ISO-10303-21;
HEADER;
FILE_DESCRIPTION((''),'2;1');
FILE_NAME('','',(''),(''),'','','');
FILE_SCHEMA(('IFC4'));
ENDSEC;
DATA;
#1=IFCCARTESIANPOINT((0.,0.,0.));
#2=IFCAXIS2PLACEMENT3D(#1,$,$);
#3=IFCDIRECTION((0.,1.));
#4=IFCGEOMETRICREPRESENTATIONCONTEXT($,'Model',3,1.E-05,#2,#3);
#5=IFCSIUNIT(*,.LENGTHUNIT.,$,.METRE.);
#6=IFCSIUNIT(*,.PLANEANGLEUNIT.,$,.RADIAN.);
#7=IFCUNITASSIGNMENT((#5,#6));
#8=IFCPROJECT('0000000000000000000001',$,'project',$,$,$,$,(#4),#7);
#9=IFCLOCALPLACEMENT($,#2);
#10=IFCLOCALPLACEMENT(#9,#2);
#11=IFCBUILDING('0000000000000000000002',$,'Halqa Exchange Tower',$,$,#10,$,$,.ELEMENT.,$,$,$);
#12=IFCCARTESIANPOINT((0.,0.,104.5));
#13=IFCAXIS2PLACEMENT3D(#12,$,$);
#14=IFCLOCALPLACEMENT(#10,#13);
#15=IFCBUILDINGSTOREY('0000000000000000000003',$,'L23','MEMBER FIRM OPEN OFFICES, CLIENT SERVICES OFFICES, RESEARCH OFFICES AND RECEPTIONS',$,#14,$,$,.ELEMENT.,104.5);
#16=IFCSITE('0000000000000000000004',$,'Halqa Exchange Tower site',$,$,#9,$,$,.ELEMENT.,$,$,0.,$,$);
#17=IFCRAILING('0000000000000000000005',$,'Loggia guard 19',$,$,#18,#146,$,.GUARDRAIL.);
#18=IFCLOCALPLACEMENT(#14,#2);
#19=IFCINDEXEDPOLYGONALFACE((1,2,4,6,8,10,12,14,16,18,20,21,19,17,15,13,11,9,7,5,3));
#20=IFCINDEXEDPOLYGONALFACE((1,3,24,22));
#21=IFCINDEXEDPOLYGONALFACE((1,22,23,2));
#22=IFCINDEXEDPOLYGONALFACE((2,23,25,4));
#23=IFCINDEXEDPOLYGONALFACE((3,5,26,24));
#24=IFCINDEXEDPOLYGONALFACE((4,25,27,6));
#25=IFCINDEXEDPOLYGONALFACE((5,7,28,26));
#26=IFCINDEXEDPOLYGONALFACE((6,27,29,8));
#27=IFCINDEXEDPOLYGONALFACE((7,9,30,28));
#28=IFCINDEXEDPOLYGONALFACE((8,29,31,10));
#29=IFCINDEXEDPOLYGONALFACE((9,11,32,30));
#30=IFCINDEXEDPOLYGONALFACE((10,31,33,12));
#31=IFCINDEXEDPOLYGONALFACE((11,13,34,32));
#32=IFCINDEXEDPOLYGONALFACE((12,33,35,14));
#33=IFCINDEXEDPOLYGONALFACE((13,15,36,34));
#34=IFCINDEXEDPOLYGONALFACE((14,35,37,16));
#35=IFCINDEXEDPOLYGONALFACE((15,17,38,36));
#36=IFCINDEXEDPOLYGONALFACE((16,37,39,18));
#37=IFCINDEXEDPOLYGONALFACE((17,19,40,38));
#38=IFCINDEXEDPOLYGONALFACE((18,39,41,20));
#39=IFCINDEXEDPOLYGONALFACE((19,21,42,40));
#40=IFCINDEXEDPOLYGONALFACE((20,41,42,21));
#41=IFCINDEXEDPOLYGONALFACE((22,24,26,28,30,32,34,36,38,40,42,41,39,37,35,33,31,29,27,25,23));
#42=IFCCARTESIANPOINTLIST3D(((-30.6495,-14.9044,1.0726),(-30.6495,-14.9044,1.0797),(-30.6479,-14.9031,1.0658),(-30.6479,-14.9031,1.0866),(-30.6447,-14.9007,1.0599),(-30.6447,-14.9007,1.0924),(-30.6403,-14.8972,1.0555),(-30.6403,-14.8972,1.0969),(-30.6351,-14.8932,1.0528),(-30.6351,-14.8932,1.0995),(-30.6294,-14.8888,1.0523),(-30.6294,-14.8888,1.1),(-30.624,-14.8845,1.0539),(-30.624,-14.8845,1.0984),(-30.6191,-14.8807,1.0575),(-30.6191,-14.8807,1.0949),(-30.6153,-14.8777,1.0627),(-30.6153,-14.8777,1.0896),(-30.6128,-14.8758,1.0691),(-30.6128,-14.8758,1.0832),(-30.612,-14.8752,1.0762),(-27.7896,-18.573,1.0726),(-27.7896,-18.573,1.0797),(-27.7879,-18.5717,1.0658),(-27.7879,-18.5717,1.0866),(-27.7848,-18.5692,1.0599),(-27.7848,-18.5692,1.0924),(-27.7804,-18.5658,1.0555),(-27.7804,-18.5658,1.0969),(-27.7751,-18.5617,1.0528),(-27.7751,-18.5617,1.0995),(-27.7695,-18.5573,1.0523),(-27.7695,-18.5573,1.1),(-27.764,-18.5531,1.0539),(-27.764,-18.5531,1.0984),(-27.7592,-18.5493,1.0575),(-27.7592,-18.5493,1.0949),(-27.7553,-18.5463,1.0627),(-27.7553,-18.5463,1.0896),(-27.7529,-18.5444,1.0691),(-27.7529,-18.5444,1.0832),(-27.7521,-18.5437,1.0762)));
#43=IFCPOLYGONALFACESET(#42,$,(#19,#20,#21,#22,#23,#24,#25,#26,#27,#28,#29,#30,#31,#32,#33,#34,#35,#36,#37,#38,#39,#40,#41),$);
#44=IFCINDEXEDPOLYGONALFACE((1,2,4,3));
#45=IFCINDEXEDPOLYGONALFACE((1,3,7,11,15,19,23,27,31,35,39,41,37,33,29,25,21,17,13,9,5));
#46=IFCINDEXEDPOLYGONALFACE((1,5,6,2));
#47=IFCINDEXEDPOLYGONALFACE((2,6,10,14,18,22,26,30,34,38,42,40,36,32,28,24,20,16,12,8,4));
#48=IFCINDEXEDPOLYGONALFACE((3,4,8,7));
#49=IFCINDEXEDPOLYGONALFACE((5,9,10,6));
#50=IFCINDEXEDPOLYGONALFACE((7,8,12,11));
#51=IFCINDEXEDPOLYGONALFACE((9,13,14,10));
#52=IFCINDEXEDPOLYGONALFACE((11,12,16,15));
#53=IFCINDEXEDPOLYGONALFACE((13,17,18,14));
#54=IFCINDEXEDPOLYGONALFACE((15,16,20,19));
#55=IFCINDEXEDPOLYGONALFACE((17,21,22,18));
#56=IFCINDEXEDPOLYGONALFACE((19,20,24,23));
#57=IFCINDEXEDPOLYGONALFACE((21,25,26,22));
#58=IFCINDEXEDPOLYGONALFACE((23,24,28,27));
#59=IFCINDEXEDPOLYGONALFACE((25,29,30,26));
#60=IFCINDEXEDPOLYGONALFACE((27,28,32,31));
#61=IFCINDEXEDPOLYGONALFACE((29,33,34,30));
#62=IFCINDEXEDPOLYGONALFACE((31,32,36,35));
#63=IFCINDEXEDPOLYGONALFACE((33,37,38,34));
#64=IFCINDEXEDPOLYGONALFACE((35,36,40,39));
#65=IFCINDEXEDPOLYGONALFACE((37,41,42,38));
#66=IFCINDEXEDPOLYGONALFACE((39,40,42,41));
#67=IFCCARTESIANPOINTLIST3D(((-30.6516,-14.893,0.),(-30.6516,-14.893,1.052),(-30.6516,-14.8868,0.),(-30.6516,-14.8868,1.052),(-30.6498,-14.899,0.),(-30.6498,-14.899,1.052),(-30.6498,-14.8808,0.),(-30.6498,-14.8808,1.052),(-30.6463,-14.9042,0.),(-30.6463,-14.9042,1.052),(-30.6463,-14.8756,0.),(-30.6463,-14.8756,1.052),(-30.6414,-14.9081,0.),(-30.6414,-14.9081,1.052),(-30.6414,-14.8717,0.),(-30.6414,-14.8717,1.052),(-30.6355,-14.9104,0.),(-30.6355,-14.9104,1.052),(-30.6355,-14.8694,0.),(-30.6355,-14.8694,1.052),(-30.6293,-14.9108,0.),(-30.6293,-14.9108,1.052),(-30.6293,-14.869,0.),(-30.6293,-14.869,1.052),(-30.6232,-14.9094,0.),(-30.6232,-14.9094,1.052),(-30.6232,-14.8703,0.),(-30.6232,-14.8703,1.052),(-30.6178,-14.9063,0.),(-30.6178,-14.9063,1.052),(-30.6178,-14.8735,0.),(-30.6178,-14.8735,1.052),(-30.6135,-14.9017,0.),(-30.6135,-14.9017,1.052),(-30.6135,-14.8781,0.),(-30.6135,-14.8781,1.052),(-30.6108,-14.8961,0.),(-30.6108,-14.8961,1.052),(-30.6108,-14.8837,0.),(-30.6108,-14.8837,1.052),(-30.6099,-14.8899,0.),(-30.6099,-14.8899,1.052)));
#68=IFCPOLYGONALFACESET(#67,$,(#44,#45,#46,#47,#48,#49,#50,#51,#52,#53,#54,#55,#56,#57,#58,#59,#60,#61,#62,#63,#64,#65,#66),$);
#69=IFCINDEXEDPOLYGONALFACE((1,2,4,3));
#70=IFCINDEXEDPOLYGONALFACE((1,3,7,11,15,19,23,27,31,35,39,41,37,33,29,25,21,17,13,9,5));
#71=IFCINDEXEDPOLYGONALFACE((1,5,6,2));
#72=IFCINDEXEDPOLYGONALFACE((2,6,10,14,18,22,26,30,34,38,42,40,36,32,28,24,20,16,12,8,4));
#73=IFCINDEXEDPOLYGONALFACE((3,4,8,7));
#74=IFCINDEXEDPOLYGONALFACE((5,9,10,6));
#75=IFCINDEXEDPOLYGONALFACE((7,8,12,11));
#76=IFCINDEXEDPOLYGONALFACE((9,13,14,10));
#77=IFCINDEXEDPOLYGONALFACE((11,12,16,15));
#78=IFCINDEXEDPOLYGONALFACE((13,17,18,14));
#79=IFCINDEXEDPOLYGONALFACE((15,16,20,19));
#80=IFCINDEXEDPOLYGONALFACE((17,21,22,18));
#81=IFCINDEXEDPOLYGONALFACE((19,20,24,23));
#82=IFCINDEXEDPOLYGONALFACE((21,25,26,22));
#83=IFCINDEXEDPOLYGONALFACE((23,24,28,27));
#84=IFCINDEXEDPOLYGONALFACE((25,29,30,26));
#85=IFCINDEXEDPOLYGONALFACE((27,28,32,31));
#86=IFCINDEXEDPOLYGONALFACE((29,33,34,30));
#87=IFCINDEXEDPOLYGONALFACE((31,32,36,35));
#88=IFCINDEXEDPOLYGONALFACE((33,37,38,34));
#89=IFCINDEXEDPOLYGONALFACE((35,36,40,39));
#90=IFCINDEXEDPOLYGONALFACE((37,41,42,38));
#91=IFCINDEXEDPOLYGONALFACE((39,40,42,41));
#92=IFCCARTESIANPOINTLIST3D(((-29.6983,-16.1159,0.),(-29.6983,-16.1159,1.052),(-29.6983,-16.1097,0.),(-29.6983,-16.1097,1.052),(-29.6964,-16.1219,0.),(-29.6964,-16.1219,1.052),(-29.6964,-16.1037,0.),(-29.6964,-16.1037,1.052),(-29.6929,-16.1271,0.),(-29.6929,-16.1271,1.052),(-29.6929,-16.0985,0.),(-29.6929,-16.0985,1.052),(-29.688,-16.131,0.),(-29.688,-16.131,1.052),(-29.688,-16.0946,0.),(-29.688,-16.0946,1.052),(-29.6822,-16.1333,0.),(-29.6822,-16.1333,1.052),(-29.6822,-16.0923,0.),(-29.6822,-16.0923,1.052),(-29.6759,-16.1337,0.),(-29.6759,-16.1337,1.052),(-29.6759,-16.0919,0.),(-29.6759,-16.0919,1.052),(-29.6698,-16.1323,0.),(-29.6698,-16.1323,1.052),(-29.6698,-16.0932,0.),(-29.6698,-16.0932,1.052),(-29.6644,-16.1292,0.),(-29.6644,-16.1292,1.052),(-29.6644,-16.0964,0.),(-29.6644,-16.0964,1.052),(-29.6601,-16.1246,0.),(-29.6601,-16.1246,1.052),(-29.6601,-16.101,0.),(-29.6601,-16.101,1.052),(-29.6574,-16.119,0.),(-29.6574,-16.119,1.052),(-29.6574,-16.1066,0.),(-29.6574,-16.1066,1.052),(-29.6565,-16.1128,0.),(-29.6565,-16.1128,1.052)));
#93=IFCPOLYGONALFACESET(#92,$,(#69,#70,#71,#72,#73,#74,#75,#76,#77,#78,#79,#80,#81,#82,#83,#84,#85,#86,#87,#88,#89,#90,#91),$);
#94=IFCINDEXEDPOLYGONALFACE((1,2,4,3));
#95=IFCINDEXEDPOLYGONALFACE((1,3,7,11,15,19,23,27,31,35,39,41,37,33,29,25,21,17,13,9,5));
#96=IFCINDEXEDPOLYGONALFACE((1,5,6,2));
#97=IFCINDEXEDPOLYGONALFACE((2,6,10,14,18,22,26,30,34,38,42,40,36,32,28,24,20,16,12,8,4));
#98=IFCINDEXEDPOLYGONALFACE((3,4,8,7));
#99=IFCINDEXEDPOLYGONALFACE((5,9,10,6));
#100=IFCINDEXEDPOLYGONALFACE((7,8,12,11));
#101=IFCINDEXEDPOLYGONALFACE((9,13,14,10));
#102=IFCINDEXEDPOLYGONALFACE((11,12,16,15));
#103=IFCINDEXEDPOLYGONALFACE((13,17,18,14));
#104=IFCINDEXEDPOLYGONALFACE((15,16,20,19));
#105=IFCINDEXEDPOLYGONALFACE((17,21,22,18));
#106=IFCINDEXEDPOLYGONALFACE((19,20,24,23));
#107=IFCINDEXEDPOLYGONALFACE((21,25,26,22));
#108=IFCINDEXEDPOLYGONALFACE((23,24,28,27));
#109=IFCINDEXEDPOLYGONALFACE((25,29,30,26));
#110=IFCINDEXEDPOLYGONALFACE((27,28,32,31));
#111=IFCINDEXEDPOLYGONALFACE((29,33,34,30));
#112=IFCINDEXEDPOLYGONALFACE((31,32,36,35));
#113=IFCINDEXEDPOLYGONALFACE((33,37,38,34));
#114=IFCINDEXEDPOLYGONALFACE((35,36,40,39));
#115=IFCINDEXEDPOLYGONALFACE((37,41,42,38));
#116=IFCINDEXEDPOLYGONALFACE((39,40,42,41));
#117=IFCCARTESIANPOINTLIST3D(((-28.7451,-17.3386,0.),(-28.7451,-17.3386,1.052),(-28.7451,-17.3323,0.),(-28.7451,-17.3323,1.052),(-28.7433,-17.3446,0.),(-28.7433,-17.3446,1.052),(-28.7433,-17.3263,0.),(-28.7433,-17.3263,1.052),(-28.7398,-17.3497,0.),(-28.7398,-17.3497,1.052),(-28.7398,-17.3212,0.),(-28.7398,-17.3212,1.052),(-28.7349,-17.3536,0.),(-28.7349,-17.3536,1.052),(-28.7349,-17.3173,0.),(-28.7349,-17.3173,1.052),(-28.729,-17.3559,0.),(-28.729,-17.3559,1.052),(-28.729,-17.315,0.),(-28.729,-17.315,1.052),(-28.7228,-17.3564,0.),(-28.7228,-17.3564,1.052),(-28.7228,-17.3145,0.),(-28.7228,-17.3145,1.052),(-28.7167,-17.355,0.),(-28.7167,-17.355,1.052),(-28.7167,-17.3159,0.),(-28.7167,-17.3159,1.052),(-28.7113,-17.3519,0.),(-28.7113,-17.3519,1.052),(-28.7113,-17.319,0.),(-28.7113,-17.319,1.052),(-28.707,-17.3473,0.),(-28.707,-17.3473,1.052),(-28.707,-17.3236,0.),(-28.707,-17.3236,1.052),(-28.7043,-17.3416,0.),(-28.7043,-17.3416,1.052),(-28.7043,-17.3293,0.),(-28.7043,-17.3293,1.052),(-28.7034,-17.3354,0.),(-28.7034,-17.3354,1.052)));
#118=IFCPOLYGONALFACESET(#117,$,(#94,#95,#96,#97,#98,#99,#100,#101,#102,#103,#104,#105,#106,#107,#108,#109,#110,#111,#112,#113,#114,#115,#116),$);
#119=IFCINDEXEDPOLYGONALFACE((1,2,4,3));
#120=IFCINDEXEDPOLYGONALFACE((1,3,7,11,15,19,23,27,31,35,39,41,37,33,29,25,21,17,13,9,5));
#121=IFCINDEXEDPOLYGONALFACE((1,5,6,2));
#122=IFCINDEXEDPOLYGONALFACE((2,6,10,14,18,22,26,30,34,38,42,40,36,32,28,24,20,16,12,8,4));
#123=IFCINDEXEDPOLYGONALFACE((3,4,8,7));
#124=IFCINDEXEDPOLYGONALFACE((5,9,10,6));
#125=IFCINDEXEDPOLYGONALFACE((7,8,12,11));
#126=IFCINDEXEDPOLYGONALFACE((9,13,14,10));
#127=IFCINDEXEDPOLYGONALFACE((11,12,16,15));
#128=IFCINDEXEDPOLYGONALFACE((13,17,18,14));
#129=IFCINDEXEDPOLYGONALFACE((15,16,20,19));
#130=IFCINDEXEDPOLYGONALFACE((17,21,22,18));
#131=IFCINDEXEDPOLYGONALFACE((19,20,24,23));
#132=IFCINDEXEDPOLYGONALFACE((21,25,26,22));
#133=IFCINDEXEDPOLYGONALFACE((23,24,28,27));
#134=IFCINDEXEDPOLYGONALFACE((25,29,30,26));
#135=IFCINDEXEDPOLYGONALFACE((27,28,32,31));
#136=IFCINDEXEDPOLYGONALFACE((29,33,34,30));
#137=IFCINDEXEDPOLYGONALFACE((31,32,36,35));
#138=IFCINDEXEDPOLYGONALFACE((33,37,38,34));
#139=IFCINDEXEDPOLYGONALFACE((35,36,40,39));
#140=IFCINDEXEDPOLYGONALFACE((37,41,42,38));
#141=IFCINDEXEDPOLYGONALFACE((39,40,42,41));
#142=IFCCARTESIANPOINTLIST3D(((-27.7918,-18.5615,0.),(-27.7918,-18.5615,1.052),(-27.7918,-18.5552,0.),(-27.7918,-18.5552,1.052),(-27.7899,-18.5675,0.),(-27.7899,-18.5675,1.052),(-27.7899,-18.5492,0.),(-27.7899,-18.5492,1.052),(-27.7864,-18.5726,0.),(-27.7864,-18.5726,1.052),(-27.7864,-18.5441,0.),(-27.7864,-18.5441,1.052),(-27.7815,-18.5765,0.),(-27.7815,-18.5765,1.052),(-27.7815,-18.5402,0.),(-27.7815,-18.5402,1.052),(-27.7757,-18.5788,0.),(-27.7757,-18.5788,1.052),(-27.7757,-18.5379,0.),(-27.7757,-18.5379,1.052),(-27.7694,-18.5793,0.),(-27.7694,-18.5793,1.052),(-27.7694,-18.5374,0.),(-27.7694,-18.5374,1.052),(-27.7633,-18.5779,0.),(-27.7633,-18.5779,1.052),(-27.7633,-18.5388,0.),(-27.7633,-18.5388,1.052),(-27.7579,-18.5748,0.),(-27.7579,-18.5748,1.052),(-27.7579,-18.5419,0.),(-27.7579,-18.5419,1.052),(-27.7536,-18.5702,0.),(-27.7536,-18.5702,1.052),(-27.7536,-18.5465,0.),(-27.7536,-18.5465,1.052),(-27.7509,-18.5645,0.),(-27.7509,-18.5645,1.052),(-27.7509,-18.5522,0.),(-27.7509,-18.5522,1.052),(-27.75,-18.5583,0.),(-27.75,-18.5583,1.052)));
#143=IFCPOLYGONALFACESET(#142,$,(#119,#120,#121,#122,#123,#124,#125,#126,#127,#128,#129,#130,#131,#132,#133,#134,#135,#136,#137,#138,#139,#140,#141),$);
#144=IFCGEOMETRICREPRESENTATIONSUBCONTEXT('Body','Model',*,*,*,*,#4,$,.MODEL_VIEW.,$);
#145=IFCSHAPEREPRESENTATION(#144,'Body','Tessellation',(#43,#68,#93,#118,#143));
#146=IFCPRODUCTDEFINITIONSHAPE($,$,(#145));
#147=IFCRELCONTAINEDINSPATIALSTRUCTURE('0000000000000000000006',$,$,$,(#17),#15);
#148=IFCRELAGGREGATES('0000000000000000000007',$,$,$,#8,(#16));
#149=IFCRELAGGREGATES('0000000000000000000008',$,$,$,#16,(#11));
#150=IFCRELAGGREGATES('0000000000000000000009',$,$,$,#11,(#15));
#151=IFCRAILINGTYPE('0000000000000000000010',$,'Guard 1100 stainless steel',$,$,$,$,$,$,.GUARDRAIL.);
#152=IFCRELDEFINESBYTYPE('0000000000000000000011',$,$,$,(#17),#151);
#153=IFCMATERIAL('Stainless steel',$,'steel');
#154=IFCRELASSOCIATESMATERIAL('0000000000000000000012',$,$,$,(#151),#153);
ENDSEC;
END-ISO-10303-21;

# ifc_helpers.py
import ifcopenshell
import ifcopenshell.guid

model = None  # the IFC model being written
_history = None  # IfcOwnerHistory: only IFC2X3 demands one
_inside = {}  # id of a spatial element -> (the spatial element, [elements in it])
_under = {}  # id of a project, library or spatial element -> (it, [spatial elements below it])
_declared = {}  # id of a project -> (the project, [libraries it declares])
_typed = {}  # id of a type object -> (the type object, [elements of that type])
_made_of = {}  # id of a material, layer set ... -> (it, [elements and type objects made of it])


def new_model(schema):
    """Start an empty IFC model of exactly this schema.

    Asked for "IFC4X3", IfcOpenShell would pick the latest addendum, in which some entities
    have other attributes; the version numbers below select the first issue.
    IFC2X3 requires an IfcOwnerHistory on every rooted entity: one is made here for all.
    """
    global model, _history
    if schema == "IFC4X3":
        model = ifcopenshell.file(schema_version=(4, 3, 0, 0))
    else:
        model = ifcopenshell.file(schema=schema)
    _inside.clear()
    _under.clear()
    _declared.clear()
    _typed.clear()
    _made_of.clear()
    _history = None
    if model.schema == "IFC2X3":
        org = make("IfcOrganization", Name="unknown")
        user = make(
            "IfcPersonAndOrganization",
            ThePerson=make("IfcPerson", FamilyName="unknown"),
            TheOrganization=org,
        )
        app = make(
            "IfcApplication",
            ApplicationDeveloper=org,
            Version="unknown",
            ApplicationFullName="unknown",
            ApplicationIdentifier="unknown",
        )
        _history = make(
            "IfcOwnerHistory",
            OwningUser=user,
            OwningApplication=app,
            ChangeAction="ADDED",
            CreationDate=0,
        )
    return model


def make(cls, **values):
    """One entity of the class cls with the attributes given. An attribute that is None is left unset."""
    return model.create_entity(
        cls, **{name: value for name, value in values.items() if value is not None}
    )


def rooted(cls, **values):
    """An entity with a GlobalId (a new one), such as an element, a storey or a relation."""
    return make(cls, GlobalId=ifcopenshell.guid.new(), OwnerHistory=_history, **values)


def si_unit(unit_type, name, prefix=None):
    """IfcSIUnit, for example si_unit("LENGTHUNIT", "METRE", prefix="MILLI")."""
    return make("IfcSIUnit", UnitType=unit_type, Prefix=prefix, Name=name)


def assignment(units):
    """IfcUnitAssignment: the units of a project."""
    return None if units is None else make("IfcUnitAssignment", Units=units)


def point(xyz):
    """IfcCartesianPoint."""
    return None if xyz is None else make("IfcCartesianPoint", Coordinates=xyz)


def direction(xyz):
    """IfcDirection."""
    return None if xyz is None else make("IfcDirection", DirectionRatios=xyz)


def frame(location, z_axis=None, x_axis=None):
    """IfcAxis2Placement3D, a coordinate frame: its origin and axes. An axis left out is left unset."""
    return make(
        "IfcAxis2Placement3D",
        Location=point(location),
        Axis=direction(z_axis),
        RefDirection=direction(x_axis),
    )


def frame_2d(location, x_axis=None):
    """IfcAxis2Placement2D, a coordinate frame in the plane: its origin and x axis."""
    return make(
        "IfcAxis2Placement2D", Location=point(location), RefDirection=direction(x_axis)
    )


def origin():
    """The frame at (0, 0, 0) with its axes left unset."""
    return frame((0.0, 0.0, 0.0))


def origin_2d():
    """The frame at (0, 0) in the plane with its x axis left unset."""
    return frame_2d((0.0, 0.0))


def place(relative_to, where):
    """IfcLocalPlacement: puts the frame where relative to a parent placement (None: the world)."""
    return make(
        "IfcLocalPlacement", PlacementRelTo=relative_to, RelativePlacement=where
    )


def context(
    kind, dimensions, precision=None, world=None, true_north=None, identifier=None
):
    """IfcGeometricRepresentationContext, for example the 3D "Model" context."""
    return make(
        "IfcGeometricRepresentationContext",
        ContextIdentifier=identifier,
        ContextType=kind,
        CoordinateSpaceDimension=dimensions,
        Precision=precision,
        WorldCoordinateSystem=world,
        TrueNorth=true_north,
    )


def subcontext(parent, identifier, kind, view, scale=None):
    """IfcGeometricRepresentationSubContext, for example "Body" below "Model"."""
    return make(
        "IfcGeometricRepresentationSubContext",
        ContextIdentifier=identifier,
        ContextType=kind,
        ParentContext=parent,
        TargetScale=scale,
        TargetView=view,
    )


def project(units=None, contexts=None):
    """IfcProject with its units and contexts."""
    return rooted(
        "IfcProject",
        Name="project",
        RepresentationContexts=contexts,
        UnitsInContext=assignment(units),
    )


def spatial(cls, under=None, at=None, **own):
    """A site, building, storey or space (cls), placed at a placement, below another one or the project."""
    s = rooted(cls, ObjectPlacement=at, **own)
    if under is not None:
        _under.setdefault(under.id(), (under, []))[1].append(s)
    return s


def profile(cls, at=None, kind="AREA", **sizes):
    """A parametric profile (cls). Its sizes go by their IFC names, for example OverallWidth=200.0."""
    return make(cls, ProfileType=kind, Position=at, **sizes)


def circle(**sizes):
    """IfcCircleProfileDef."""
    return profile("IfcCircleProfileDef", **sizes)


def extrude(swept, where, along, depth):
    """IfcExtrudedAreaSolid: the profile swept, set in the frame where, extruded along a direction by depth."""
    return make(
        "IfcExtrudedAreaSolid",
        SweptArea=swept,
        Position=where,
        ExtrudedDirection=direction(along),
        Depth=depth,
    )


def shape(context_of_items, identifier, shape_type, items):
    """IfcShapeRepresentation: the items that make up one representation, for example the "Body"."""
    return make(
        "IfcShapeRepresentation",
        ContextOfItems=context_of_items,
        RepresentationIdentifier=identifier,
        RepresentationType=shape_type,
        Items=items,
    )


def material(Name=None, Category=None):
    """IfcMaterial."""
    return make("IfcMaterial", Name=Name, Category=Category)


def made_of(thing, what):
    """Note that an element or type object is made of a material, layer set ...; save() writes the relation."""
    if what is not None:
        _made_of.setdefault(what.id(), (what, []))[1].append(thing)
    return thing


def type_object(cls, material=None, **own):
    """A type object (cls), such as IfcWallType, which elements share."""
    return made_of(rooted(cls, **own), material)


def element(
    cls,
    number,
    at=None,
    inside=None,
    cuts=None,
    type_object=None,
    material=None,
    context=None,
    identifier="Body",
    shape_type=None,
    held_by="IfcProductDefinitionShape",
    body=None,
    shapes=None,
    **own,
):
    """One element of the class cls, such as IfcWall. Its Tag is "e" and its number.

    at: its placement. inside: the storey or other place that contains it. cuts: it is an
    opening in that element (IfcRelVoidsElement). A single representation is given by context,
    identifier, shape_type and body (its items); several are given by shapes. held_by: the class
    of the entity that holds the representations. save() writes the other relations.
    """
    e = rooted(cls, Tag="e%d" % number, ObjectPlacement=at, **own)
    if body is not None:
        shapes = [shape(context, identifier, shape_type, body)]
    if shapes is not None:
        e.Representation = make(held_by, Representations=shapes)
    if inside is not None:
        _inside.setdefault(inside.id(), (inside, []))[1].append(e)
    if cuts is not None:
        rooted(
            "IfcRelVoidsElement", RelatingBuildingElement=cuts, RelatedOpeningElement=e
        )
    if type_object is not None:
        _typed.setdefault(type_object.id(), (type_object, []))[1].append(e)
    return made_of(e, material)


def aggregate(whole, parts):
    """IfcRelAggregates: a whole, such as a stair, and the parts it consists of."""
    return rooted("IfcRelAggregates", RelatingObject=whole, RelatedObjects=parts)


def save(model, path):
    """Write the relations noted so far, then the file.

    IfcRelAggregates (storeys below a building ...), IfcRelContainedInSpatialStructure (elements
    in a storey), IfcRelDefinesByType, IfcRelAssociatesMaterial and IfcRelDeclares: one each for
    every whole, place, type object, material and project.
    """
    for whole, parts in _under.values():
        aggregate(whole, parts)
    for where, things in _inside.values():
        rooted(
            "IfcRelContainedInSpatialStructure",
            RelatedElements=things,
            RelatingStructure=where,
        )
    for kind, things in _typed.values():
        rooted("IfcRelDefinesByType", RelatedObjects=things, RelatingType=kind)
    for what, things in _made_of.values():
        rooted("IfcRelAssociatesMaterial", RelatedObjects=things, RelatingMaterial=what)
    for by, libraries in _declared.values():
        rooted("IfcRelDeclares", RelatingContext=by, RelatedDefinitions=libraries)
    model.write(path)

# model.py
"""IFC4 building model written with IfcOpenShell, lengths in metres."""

from ifc_helpers import new_model, si_unit, direction, frame, origin, origin_2d, place, context, subcontext, project, spatial, circle, extrude, material, type_object, element, save


model = new_model("IFC4")

# Units and contexts
model_context = context("Model", 3, precision=1e-05, world=origin(), true_north=direction((0.0, 1.0)))
body_context = subcontext(model_context, "Body", "Model", "MODEL_VIEW")
ifc_project = project(units=[si_unit("LENGTHUNIT", "METRE"), si_unit("PLANEANGLEUNIT", "RADIAN")], contexts=[model_context])

# Site, building, storey
site_placement = place(None, origin())
site = spatial("IfcSite", under=ifc_project, at=site_placement, Name="Halqa Exchange Tower site", CompositionType="ELEMENT", RefElevation=0.0)
building_placement = place(site_placement, origin())
building = spatial("IfcBuilding", under=site, at=building_placement, Name="Halqa Exchange Tower", CompositionType="ELEMENT")
storey_placement = place(building_placement, frame((0.0, 0.0, 104.5)))
storey = spatial("IfcBuildingStorey", under=building, at=storey_placement, Name="L23", Description="MEMBER FIRM OPEN OFFICES, CLIENT SERVICES OFFICES, RESEARCH OFFICES AND RECEPTIONS", CompositionType="ELEMENT", Elevation=104.5)

# Railing
ifc_material_1 = material(Name="Stainless steel", Category="steel")
railing_type = type_object("IfcRailingType", Name="Guard 1100 stainless steel", PredefinedType="GUARDRAIL", material=ifc_material_1)
railing_1_placement = place(storey_placement, frame((-30.6309, -14.8899, 0.0)))
element("IfcRailing", 1, at=railing_1_placement, inside=storey, type_object=railing_type, Name="Loggia guard 19", PredefinedType="GUARDRAIL", context=body_context, shape_type="SweptSolid", body=[
    extrude(circle(Radius=0.0239, at=origin_2d()), frame((0.0, 0.0, 1.0762), z_axis=(0.614827, -0.788662, 0.0), x_axis=(0.788662, 0.614827, 0.0)), (0.0, 0.0, 1.0), 4.6516),
    extrude(circle(Radius=0.021, at=origin_2d()), origin(), (0.0, 0.0, 1.0), 1.052),
    extrude(circle(Radius=0.021, at=origin_2d()), frame((0.9534, -1.2229, 0.0)), (0.0, 0.0, 1.0), 1.052),
    extrude(circle(Radius=0.021, at=origin_2d()), frame((1.9065, -2.4456, 0.0)), (0.0, 0.0, 1.0), 1.052),
    extrude(circle(Radius=0.021, at=origin_2d()), frame((2.8599, -3.6685, 0.0)), (0.0, 0.0, 1.0), 1.052),
])

save(model, "model.ifc")
